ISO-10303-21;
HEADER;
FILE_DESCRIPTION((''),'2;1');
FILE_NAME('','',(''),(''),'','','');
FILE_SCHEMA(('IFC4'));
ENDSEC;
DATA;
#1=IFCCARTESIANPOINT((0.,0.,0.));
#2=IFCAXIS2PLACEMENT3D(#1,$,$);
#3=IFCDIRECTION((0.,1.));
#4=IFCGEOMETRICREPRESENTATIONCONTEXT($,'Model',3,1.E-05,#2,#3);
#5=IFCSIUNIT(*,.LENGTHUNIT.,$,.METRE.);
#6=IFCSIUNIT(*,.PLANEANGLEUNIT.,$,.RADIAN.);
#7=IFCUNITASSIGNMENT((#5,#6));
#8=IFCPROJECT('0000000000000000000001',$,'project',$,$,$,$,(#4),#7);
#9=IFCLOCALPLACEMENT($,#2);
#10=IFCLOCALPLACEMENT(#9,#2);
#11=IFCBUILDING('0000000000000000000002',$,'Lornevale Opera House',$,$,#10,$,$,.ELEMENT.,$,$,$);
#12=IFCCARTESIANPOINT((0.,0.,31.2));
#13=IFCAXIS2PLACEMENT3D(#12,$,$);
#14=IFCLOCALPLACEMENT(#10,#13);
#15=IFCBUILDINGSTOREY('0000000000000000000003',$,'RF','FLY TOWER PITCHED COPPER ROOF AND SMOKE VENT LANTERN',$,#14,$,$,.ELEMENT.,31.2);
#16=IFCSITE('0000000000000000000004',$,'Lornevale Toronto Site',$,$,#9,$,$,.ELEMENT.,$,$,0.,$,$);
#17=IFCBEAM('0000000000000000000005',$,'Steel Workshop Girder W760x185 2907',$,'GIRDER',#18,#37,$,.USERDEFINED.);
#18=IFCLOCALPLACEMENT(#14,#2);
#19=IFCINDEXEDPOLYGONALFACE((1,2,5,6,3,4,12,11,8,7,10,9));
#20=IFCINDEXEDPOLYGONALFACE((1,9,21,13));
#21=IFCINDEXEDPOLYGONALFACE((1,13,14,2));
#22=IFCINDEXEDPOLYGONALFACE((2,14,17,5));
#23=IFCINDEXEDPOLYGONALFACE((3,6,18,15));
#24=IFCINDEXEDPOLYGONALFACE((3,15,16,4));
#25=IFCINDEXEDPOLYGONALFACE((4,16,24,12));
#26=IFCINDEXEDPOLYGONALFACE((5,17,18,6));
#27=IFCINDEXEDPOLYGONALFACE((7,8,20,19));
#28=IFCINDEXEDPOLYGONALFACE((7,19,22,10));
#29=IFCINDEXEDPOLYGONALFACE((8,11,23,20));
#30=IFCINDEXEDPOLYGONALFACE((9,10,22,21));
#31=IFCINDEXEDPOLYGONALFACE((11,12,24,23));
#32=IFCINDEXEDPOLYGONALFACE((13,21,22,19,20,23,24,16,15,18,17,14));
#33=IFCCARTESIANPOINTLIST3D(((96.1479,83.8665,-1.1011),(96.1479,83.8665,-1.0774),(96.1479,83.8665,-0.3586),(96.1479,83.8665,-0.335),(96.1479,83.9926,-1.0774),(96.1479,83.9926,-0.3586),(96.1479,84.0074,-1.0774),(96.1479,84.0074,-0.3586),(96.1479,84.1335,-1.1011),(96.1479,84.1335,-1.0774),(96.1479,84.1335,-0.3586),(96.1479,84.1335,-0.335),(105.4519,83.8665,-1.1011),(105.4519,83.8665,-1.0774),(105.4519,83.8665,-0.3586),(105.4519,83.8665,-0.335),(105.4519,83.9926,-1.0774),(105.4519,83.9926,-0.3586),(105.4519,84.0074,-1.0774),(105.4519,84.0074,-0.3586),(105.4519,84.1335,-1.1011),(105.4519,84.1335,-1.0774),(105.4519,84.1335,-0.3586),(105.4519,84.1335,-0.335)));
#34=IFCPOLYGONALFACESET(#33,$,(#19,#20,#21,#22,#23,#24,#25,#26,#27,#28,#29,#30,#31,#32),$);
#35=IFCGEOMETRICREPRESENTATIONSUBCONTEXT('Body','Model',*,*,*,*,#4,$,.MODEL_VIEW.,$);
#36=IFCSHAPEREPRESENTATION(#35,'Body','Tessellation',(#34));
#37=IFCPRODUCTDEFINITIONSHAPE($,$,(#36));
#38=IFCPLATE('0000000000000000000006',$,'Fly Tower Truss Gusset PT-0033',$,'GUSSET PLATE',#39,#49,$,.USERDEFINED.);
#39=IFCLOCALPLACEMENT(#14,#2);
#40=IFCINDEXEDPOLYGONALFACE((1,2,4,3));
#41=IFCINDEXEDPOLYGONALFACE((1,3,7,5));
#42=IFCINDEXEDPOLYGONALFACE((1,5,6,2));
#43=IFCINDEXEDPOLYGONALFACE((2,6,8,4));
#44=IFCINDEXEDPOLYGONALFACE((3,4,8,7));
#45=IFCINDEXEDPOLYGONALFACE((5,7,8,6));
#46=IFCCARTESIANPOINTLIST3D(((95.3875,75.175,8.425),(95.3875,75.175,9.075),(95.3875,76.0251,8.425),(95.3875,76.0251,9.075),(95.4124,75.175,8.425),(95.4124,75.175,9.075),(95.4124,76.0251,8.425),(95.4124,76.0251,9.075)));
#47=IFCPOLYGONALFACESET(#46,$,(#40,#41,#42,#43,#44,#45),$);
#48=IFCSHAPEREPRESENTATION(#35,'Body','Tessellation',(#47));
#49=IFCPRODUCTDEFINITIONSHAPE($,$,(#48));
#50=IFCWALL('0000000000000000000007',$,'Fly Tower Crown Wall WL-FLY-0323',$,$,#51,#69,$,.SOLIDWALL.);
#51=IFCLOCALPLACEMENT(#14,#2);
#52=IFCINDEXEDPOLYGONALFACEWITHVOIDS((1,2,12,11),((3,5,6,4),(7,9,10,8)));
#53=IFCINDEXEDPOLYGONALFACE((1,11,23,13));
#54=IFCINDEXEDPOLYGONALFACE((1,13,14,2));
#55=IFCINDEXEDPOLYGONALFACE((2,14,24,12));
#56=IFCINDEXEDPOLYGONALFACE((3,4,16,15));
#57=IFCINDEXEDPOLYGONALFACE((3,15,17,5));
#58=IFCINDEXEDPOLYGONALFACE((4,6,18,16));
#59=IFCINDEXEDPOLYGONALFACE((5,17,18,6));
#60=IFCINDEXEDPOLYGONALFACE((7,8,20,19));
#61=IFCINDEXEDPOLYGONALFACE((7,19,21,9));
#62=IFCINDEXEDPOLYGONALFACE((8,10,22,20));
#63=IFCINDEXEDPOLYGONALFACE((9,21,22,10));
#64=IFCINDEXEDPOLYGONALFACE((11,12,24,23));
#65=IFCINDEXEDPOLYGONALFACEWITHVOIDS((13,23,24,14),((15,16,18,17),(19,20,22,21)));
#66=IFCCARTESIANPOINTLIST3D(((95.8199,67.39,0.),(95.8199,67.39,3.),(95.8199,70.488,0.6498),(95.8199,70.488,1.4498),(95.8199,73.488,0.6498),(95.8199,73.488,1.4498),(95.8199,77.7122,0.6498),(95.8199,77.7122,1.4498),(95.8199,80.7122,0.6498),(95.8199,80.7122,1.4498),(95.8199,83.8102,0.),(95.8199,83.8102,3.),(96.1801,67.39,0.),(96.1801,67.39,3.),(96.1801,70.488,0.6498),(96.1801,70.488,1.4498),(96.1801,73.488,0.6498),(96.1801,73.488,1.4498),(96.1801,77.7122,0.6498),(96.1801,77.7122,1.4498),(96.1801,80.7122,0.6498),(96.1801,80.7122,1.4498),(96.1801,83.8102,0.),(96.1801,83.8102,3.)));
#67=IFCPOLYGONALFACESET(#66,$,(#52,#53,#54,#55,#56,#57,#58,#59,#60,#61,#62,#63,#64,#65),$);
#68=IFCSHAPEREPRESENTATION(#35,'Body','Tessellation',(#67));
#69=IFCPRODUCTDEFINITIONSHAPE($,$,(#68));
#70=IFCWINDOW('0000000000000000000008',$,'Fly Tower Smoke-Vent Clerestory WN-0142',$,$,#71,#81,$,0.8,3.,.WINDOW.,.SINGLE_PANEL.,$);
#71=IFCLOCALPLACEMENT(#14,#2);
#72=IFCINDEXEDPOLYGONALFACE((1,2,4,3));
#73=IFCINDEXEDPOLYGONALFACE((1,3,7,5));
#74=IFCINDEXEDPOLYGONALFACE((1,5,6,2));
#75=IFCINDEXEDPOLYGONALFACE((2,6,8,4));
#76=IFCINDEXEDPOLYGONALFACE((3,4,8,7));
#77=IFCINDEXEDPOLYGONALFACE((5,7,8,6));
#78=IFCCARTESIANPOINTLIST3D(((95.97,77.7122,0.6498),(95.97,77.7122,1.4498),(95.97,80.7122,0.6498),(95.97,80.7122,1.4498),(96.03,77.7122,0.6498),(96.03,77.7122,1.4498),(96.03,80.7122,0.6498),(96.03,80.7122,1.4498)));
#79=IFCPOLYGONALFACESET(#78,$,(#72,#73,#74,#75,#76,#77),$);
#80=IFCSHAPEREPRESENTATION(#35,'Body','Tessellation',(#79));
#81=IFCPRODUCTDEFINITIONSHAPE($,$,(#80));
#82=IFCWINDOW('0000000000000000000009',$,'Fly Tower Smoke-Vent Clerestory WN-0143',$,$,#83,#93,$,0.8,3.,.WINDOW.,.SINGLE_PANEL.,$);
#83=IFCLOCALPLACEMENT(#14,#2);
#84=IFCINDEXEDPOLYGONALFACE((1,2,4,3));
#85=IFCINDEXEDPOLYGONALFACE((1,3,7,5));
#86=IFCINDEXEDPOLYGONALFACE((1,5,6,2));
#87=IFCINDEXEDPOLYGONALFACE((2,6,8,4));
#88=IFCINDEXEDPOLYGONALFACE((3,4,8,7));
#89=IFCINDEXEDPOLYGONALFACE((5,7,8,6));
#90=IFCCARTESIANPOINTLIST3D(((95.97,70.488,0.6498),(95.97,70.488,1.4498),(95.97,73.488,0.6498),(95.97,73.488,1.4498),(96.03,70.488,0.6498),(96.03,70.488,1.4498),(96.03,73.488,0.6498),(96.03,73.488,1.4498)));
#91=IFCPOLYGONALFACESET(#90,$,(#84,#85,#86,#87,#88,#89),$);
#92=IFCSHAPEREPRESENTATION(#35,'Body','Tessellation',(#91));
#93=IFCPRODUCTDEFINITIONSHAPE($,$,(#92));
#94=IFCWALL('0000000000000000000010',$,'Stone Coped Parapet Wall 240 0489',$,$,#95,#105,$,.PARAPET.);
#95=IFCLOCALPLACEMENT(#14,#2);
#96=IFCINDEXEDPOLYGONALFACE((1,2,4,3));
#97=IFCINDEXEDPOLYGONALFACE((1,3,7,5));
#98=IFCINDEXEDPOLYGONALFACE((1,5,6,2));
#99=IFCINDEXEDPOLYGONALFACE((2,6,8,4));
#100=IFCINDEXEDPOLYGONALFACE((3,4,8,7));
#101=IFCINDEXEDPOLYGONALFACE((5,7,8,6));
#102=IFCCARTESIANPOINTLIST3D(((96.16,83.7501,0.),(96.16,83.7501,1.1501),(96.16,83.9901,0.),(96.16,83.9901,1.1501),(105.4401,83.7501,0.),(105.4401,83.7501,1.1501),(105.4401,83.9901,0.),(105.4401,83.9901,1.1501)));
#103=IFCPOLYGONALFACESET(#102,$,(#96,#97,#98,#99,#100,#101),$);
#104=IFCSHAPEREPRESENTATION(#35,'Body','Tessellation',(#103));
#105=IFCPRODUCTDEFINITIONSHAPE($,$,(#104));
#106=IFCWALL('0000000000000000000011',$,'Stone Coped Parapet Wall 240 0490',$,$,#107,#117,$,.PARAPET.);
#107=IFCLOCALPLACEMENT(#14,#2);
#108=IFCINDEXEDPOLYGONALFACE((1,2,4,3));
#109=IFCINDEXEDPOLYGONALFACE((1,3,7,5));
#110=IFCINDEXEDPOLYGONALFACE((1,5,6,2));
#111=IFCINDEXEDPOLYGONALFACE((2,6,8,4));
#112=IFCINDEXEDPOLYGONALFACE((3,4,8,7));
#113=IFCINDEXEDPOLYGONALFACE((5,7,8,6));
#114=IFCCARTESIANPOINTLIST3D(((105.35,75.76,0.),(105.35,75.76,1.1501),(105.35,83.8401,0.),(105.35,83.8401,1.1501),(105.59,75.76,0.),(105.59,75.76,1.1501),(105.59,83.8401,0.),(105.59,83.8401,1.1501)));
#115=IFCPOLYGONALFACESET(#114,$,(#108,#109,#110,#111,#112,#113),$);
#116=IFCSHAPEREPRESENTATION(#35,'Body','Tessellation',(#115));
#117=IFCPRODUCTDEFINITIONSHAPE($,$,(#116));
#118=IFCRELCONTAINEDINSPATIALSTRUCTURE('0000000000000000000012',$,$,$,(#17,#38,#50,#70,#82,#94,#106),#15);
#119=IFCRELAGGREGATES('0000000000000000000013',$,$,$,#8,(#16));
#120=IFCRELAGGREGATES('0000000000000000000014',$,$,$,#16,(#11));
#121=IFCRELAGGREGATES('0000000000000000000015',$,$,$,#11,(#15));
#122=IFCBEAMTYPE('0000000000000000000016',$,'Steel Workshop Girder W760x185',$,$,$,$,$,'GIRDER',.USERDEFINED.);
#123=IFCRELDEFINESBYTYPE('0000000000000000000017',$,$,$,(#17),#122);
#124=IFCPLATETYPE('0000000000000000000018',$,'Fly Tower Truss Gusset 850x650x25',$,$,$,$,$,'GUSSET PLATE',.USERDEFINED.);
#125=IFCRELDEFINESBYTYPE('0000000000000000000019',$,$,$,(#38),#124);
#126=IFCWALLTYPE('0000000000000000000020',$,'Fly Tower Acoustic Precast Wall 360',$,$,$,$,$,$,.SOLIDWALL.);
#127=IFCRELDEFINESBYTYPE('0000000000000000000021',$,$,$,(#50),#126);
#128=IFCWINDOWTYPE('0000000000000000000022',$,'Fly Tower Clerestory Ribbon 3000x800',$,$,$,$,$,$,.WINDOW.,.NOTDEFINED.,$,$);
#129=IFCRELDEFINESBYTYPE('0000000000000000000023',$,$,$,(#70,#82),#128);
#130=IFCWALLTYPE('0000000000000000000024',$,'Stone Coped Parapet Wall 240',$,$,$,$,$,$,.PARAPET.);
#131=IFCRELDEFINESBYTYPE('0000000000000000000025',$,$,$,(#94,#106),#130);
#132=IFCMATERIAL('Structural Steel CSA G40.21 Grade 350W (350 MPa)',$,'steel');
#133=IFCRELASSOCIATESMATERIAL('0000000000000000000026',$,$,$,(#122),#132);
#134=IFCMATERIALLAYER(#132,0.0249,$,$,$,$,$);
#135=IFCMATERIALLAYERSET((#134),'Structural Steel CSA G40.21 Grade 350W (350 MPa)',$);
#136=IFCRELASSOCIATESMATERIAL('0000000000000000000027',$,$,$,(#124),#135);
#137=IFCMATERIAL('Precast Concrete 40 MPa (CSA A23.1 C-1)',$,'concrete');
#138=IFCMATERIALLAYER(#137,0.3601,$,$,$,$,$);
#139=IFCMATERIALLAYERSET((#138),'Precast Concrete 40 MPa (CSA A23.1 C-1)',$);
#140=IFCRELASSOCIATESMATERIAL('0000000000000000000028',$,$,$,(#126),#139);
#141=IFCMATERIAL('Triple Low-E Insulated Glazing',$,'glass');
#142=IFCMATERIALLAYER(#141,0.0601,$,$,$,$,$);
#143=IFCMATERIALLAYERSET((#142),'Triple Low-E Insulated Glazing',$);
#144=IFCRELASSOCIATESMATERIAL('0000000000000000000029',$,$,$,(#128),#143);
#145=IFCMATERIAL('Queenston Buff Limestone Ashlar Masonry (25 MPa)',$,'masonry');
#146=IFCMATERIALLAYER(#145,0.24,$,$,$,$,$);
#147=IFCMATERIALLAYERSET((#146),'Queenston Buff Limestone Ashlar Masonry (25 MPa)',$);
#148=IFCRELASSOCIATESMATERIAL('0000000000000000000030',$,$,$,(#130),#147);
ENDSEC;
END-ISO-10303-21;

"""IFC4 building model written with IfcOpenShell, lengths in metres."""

from ifc_helpers import new_model, si_unit, direction, frame, frame_2d, origin, origin_2d, place, context, subcontext, project, spatial, rectangle, i_section, extrude, material, layer, layer_set, material_profile, profile_set, type_object, element, fill, save


model = new_model("IFC4")

# Units and contexts
model_context = context("Model", 3, precision=1e-05, world=origin(), true_north=direction((0.0, 1.0)))
body_context = subcontext(model_context, "Body", "Model", "MODEL_VIEW")
ifc_project = project(units=[si_unit("LENGTHUNIT", "METRE"), si_unit("PLANEANGLEUNIT", "RADIAN")], contexts=[model_context])

# Site, building, storey
site_placement = place(None, origin())
site = spatial("IfcSite", under=ifc_project, at=site_placement, Name="Lornevale Toronto Site", CompositionType="ELEMENT", RefElevation=0.0)
building_placement = place(site_placement, origin())
building = spatial("IfcBuilding", under=site, at=building_placement, Name="Lornevale Opera House", CompositionType="ELEMENT")
storey_placement = place(building_placement, frame((0.0, 0.0, 31.2)))
storey = spatial("IfcBuildingStorey", under=building, at=storey_placement, Name="RF", Description="FLY TOWER PITCHED COPPER ROOF AND SMOKE VENT LANTERN", CompositionType="ELEMENT", Elevation=31.2)

# Shared definitions
ifc_material_1 = material(Name="Structural Steel CSA G40.21 Grade 350W (350 MPa)", Category="steel")

# Beam
ifc_material_profile_1 = material_profile(ifc_material_1, i_section(OverallWidth=0.2671, OverallDepth=0.7661, WebThickness=0.0149, FlangeThickness=0.0237, at=origin_2d()), Name="W760x185")
ifc_profile_set_1 = profile_set([ifc_material_profile_1], Name="Structural Steel CSA G40.21 Grade 350W (350 MPa)")
beam_type_1 = type_object("IfcBeamType", Name="Steel Workshop Girder W760x185", ElementType="GIRDER", PredefinedType="USERDEFINED", material=ifc_profile_set_1)
for number, where, z_axis, x_axis, name in (
    (1, (96.1479, 84.0, -0.718), (1.0, 0.0, 0.0), (0.0, 1.0, 0.0), "Steel Workshop Girder W760x185 2907"),
):
    element("IfcBeam", number, at=place(storey_placement, frame(where, z_axis=z_axis, x_axis=x_axis)), inside=storey, type_object=beam_type_1, Name=name, ObjectType="GIRDER", PredefinedType="USERDEFINED", context=body_context, shape_type="SweptSolid", body=[
        extrude(i_section(OverallWidth=0.2671, OverallDepth=0.7661, WebThickness=0.0149, FlangeThickness=0.0237, at=origin_2d()), origin(), (0.0, 0.0, 1.0), 9.304),
    ])

# Plate
ifc_layer_1 = layer(ifc_material_1, 0.0249)
ifc_layer_set_1 = layer_set([ifc_layer_1], Name="Structural Steel CSA G40.21 Grade 350W (350 MPa)")
plate_type = type_object("IfcPlateType", Name="Fly Tower Truss Gusset 850x650x25", ElementType="GUSSET PLATE", PredefinedType="USERDEFINED", material=ifc_layer_set_1)
plate_placement = place(storey_placement, frame((95.3999, 75.6001, 8.425), z_axis=(0.0, 0.0, 1.0), x_axis=(0.0, 1.0, 0.0)))
element("IfcPlate", 2, at=plate_placement, inside=storey, type_object=plate_type, Name="Fly Tower Truss Gusset PT-0033", ObjectType="GUSSET PLATE", PredefinedType="USERDEFINED", context=body_context, shape_type="SweptSolid", body=[
    extrude(rectangle(XDim=0.8501, YDim=0.0249, at=origin_2d()), origin(), (0.0, 0.0, 1.0), 0.6499),
])

# Wall, openings, windows
ifc_material_2 = material(Name="Precast Concrete 40 MPa (CSA A23.1 C-1)", Category="concrete")
ifc_layer_2 = layer(ifc_material_2, 0.3601)
ifc_layer_set_2 = layer_set([ifc_layer_2], Name="Precast Concrete 40 MPa (CSA A23.1 C-1)")
wall_type_1 = type_object("IfcWallType", Name="Fly Tower Acoustic Precast Wall 360", PredefinedType="SOLIDWALL", material=ifc_layer_set_2)
wall_1_placement = place(storey_placement, frame((96.0, 83.8101, 0.0), z_axis=(0.0, 0.0, 1.0), x_axis=(0.0, -1.0, 0.0)))
wall_1 = element("IfcWall", 3, at=wall_1_placement, inside=storey, type_object=wall_type_1, Name="Fly Tower Crown Wall WL-FLY-0323", PredefinedType="SOLIDWALL", context=body_context, shape_type="SweptSolid", body=[
    extrude(rectangle(XDim=16.4202, YDim=0.3601, at=frame_2d((8.21, 0.0))), origin(), (0.0, 0.0, 1.0), 3.0),
])
opening_1_placement = place(wall_1_placement, frame((3.0979, 0.0, 0.6499)))
opening_1 = element("IfcOpeningElement", 4, at=opening_1_placement, cuts=wall_1, PredefinedType="OPENING", context=body_context, shape_type="SweptSolid", body=[
    extrude(rectangle(XDim=3.0, YDim=0.8, at=frame_2d((1.5, 0.3999))), frame((0.0, 0.1899, 0.0), z_axis=(0.0, -1.0, 0.0), x_axis=(1.0, 0.0, 0.0)), (0.0, 0.0, 1.0), 0.3801),
])
opening_2_placement = place(wall_1_placement, frame((10.322, 0.0, 0.6499)))
opening_2 = element("IfcOpeningElement", 5, at=opening_2_placement, cuts=wall_1, PredefinedType="OPENING", context=body_context, shape_type="SweptSolid", body=[
    extrude(rectangle(XDim=3.0, YDim=0.8, at=frame_2d((1.5, 0.3999))), frame((0.0, 0.1899, 0.0), z_axis=(0.0, -1.0, 0.0), x_axis=(1.0, 0.0, 0.0)), (0.0, 0.0, 1.0), 0.3801),
])
ifc_material_3 = material(Name="Triple Low-E Insulated Glazing", Category="glass")
ifc_layer_3 = layer(ifc_material_3, 0.0601)
ifc_layer_set_3 = layer_set([ifc_layer_3], Name="Triple Low-E Insulated Glazing")
window_type = type_object("IfcWindowType", Name="Fly Tower Clerestory Ribbon 3000x800", PartitioningType="NOTDEFINED", PredefinedType="WINDOW", material=ifc_layer_set_3)
window_1_placement = place(opening_1_placement, origin())
window_1 = element("IfcWindow", 6, at=window_1_placement, inside=storey, type_object=window_type, Name="Fly Tower Smoke-Vent Clerestory WN-0142", OverallHeight=0.8, OverallWidth=3.0, PartitioningType="SINGLE_PANEL", PredefinedType="WINDOW", context=body_context, shape_type="SweptSolid", body=[
    extrude(rectangle(XDim=3.0, YDim=0.8, at=frame_2d((1.5, 0.3999))), frame((0.0, 0.03, 0.0), z_axis=(0.0, -1.0, 0.0), x_axis=(1.0, 0.0, 0.0)), (0.0, 0.0, 1.0), 0.0601),
])
fill(opening_1, window_1)
window_2_placement = place(opening_2_placement, origin())
window_2 = element("IfcWindow", 7, at=window_2_placement, inside=storey, type_object=window_type, Name="Fly Tower Smoke-Vent Clerestory WN-0143", OverallHeight=0.8, OverallWidth=3.0, PartitioningType="SINGLE_PANEL", PredefinedType="WINDOW", context=body_context, shape_type="SweptSolid", body=[
    extrude(rectangle(XDim=3.0, YDim=0.8, at=frame_2d((1.5, 0.3999))), frame((0.0, 0.03, 0.0), z_axis=(0.0, -1.0, 0.0), x_axis=(1.0, 0.0, 0.0)), (0.0, 0.0, 1.0), 0.0601),
])
fill(opening_2, window_2)

# Walls
ifc_material_4 = material(Name="Queenston Buff Limestone Ashlar Masonry (25 MPa)", Category="masonry")
ifc_layer_4 = layer(ifc_material_4, 0.24)
ifc_layer_set_4 = layer_set([ifc_layer_4], Name="Queenston Buff Limestone Ashlar Masonry (25 MPa)")
wall_type_2 = type_object("IfcWallType", Name="Stone Coped Parapet Wall 240", PredefinedType="PARAPET", material=ifc_layer_set_4)
wall_2_placement = place(storey_placement, frame((96.1599, 83.8701, 0.0), z_axis=(0.0, 0.0, 1.0), x_axis=(1.0, 0.0, 0.0)))
element("IfcWall", 8, at=wall_2_placement, inside=storey, type_object=wall_type_2, Name="Stone Coped Parapet Wall 240 0489", PredefinedType="PARAPET", context=body_context, shape_type="SweptSolid", body=[
    extrude(rectangle(XDim=9.28, YDim=0.24, at=frame_2d((4.6401, 0.0))), origin(), (0.0, 0.0, 1.0), 1.1501),
])
wall_3_placement = place(storey_placement, frame((105.47, 83.8401, 0.0), z_axis=(0.0, 0.0, 1.0), x_axis=(0.0, -1.0, 0.0)))
element("IfcWall", 9, at=wall_3_placement, inside=storey, type_object=wall_type_2, Name="Stone Coped Parapet Wall 240 0490", PredefinedType="PARAPET", context=body_context, shape_type="SweptSolid", body=[
    extrude(rectangle(XDim=8.0801, YDim=0.24, at=frame_2d((4.04, 0.0))), origin(), (0.0, 0.0, 1.0), 1.1501),
])

save(model, "model.ifc")
